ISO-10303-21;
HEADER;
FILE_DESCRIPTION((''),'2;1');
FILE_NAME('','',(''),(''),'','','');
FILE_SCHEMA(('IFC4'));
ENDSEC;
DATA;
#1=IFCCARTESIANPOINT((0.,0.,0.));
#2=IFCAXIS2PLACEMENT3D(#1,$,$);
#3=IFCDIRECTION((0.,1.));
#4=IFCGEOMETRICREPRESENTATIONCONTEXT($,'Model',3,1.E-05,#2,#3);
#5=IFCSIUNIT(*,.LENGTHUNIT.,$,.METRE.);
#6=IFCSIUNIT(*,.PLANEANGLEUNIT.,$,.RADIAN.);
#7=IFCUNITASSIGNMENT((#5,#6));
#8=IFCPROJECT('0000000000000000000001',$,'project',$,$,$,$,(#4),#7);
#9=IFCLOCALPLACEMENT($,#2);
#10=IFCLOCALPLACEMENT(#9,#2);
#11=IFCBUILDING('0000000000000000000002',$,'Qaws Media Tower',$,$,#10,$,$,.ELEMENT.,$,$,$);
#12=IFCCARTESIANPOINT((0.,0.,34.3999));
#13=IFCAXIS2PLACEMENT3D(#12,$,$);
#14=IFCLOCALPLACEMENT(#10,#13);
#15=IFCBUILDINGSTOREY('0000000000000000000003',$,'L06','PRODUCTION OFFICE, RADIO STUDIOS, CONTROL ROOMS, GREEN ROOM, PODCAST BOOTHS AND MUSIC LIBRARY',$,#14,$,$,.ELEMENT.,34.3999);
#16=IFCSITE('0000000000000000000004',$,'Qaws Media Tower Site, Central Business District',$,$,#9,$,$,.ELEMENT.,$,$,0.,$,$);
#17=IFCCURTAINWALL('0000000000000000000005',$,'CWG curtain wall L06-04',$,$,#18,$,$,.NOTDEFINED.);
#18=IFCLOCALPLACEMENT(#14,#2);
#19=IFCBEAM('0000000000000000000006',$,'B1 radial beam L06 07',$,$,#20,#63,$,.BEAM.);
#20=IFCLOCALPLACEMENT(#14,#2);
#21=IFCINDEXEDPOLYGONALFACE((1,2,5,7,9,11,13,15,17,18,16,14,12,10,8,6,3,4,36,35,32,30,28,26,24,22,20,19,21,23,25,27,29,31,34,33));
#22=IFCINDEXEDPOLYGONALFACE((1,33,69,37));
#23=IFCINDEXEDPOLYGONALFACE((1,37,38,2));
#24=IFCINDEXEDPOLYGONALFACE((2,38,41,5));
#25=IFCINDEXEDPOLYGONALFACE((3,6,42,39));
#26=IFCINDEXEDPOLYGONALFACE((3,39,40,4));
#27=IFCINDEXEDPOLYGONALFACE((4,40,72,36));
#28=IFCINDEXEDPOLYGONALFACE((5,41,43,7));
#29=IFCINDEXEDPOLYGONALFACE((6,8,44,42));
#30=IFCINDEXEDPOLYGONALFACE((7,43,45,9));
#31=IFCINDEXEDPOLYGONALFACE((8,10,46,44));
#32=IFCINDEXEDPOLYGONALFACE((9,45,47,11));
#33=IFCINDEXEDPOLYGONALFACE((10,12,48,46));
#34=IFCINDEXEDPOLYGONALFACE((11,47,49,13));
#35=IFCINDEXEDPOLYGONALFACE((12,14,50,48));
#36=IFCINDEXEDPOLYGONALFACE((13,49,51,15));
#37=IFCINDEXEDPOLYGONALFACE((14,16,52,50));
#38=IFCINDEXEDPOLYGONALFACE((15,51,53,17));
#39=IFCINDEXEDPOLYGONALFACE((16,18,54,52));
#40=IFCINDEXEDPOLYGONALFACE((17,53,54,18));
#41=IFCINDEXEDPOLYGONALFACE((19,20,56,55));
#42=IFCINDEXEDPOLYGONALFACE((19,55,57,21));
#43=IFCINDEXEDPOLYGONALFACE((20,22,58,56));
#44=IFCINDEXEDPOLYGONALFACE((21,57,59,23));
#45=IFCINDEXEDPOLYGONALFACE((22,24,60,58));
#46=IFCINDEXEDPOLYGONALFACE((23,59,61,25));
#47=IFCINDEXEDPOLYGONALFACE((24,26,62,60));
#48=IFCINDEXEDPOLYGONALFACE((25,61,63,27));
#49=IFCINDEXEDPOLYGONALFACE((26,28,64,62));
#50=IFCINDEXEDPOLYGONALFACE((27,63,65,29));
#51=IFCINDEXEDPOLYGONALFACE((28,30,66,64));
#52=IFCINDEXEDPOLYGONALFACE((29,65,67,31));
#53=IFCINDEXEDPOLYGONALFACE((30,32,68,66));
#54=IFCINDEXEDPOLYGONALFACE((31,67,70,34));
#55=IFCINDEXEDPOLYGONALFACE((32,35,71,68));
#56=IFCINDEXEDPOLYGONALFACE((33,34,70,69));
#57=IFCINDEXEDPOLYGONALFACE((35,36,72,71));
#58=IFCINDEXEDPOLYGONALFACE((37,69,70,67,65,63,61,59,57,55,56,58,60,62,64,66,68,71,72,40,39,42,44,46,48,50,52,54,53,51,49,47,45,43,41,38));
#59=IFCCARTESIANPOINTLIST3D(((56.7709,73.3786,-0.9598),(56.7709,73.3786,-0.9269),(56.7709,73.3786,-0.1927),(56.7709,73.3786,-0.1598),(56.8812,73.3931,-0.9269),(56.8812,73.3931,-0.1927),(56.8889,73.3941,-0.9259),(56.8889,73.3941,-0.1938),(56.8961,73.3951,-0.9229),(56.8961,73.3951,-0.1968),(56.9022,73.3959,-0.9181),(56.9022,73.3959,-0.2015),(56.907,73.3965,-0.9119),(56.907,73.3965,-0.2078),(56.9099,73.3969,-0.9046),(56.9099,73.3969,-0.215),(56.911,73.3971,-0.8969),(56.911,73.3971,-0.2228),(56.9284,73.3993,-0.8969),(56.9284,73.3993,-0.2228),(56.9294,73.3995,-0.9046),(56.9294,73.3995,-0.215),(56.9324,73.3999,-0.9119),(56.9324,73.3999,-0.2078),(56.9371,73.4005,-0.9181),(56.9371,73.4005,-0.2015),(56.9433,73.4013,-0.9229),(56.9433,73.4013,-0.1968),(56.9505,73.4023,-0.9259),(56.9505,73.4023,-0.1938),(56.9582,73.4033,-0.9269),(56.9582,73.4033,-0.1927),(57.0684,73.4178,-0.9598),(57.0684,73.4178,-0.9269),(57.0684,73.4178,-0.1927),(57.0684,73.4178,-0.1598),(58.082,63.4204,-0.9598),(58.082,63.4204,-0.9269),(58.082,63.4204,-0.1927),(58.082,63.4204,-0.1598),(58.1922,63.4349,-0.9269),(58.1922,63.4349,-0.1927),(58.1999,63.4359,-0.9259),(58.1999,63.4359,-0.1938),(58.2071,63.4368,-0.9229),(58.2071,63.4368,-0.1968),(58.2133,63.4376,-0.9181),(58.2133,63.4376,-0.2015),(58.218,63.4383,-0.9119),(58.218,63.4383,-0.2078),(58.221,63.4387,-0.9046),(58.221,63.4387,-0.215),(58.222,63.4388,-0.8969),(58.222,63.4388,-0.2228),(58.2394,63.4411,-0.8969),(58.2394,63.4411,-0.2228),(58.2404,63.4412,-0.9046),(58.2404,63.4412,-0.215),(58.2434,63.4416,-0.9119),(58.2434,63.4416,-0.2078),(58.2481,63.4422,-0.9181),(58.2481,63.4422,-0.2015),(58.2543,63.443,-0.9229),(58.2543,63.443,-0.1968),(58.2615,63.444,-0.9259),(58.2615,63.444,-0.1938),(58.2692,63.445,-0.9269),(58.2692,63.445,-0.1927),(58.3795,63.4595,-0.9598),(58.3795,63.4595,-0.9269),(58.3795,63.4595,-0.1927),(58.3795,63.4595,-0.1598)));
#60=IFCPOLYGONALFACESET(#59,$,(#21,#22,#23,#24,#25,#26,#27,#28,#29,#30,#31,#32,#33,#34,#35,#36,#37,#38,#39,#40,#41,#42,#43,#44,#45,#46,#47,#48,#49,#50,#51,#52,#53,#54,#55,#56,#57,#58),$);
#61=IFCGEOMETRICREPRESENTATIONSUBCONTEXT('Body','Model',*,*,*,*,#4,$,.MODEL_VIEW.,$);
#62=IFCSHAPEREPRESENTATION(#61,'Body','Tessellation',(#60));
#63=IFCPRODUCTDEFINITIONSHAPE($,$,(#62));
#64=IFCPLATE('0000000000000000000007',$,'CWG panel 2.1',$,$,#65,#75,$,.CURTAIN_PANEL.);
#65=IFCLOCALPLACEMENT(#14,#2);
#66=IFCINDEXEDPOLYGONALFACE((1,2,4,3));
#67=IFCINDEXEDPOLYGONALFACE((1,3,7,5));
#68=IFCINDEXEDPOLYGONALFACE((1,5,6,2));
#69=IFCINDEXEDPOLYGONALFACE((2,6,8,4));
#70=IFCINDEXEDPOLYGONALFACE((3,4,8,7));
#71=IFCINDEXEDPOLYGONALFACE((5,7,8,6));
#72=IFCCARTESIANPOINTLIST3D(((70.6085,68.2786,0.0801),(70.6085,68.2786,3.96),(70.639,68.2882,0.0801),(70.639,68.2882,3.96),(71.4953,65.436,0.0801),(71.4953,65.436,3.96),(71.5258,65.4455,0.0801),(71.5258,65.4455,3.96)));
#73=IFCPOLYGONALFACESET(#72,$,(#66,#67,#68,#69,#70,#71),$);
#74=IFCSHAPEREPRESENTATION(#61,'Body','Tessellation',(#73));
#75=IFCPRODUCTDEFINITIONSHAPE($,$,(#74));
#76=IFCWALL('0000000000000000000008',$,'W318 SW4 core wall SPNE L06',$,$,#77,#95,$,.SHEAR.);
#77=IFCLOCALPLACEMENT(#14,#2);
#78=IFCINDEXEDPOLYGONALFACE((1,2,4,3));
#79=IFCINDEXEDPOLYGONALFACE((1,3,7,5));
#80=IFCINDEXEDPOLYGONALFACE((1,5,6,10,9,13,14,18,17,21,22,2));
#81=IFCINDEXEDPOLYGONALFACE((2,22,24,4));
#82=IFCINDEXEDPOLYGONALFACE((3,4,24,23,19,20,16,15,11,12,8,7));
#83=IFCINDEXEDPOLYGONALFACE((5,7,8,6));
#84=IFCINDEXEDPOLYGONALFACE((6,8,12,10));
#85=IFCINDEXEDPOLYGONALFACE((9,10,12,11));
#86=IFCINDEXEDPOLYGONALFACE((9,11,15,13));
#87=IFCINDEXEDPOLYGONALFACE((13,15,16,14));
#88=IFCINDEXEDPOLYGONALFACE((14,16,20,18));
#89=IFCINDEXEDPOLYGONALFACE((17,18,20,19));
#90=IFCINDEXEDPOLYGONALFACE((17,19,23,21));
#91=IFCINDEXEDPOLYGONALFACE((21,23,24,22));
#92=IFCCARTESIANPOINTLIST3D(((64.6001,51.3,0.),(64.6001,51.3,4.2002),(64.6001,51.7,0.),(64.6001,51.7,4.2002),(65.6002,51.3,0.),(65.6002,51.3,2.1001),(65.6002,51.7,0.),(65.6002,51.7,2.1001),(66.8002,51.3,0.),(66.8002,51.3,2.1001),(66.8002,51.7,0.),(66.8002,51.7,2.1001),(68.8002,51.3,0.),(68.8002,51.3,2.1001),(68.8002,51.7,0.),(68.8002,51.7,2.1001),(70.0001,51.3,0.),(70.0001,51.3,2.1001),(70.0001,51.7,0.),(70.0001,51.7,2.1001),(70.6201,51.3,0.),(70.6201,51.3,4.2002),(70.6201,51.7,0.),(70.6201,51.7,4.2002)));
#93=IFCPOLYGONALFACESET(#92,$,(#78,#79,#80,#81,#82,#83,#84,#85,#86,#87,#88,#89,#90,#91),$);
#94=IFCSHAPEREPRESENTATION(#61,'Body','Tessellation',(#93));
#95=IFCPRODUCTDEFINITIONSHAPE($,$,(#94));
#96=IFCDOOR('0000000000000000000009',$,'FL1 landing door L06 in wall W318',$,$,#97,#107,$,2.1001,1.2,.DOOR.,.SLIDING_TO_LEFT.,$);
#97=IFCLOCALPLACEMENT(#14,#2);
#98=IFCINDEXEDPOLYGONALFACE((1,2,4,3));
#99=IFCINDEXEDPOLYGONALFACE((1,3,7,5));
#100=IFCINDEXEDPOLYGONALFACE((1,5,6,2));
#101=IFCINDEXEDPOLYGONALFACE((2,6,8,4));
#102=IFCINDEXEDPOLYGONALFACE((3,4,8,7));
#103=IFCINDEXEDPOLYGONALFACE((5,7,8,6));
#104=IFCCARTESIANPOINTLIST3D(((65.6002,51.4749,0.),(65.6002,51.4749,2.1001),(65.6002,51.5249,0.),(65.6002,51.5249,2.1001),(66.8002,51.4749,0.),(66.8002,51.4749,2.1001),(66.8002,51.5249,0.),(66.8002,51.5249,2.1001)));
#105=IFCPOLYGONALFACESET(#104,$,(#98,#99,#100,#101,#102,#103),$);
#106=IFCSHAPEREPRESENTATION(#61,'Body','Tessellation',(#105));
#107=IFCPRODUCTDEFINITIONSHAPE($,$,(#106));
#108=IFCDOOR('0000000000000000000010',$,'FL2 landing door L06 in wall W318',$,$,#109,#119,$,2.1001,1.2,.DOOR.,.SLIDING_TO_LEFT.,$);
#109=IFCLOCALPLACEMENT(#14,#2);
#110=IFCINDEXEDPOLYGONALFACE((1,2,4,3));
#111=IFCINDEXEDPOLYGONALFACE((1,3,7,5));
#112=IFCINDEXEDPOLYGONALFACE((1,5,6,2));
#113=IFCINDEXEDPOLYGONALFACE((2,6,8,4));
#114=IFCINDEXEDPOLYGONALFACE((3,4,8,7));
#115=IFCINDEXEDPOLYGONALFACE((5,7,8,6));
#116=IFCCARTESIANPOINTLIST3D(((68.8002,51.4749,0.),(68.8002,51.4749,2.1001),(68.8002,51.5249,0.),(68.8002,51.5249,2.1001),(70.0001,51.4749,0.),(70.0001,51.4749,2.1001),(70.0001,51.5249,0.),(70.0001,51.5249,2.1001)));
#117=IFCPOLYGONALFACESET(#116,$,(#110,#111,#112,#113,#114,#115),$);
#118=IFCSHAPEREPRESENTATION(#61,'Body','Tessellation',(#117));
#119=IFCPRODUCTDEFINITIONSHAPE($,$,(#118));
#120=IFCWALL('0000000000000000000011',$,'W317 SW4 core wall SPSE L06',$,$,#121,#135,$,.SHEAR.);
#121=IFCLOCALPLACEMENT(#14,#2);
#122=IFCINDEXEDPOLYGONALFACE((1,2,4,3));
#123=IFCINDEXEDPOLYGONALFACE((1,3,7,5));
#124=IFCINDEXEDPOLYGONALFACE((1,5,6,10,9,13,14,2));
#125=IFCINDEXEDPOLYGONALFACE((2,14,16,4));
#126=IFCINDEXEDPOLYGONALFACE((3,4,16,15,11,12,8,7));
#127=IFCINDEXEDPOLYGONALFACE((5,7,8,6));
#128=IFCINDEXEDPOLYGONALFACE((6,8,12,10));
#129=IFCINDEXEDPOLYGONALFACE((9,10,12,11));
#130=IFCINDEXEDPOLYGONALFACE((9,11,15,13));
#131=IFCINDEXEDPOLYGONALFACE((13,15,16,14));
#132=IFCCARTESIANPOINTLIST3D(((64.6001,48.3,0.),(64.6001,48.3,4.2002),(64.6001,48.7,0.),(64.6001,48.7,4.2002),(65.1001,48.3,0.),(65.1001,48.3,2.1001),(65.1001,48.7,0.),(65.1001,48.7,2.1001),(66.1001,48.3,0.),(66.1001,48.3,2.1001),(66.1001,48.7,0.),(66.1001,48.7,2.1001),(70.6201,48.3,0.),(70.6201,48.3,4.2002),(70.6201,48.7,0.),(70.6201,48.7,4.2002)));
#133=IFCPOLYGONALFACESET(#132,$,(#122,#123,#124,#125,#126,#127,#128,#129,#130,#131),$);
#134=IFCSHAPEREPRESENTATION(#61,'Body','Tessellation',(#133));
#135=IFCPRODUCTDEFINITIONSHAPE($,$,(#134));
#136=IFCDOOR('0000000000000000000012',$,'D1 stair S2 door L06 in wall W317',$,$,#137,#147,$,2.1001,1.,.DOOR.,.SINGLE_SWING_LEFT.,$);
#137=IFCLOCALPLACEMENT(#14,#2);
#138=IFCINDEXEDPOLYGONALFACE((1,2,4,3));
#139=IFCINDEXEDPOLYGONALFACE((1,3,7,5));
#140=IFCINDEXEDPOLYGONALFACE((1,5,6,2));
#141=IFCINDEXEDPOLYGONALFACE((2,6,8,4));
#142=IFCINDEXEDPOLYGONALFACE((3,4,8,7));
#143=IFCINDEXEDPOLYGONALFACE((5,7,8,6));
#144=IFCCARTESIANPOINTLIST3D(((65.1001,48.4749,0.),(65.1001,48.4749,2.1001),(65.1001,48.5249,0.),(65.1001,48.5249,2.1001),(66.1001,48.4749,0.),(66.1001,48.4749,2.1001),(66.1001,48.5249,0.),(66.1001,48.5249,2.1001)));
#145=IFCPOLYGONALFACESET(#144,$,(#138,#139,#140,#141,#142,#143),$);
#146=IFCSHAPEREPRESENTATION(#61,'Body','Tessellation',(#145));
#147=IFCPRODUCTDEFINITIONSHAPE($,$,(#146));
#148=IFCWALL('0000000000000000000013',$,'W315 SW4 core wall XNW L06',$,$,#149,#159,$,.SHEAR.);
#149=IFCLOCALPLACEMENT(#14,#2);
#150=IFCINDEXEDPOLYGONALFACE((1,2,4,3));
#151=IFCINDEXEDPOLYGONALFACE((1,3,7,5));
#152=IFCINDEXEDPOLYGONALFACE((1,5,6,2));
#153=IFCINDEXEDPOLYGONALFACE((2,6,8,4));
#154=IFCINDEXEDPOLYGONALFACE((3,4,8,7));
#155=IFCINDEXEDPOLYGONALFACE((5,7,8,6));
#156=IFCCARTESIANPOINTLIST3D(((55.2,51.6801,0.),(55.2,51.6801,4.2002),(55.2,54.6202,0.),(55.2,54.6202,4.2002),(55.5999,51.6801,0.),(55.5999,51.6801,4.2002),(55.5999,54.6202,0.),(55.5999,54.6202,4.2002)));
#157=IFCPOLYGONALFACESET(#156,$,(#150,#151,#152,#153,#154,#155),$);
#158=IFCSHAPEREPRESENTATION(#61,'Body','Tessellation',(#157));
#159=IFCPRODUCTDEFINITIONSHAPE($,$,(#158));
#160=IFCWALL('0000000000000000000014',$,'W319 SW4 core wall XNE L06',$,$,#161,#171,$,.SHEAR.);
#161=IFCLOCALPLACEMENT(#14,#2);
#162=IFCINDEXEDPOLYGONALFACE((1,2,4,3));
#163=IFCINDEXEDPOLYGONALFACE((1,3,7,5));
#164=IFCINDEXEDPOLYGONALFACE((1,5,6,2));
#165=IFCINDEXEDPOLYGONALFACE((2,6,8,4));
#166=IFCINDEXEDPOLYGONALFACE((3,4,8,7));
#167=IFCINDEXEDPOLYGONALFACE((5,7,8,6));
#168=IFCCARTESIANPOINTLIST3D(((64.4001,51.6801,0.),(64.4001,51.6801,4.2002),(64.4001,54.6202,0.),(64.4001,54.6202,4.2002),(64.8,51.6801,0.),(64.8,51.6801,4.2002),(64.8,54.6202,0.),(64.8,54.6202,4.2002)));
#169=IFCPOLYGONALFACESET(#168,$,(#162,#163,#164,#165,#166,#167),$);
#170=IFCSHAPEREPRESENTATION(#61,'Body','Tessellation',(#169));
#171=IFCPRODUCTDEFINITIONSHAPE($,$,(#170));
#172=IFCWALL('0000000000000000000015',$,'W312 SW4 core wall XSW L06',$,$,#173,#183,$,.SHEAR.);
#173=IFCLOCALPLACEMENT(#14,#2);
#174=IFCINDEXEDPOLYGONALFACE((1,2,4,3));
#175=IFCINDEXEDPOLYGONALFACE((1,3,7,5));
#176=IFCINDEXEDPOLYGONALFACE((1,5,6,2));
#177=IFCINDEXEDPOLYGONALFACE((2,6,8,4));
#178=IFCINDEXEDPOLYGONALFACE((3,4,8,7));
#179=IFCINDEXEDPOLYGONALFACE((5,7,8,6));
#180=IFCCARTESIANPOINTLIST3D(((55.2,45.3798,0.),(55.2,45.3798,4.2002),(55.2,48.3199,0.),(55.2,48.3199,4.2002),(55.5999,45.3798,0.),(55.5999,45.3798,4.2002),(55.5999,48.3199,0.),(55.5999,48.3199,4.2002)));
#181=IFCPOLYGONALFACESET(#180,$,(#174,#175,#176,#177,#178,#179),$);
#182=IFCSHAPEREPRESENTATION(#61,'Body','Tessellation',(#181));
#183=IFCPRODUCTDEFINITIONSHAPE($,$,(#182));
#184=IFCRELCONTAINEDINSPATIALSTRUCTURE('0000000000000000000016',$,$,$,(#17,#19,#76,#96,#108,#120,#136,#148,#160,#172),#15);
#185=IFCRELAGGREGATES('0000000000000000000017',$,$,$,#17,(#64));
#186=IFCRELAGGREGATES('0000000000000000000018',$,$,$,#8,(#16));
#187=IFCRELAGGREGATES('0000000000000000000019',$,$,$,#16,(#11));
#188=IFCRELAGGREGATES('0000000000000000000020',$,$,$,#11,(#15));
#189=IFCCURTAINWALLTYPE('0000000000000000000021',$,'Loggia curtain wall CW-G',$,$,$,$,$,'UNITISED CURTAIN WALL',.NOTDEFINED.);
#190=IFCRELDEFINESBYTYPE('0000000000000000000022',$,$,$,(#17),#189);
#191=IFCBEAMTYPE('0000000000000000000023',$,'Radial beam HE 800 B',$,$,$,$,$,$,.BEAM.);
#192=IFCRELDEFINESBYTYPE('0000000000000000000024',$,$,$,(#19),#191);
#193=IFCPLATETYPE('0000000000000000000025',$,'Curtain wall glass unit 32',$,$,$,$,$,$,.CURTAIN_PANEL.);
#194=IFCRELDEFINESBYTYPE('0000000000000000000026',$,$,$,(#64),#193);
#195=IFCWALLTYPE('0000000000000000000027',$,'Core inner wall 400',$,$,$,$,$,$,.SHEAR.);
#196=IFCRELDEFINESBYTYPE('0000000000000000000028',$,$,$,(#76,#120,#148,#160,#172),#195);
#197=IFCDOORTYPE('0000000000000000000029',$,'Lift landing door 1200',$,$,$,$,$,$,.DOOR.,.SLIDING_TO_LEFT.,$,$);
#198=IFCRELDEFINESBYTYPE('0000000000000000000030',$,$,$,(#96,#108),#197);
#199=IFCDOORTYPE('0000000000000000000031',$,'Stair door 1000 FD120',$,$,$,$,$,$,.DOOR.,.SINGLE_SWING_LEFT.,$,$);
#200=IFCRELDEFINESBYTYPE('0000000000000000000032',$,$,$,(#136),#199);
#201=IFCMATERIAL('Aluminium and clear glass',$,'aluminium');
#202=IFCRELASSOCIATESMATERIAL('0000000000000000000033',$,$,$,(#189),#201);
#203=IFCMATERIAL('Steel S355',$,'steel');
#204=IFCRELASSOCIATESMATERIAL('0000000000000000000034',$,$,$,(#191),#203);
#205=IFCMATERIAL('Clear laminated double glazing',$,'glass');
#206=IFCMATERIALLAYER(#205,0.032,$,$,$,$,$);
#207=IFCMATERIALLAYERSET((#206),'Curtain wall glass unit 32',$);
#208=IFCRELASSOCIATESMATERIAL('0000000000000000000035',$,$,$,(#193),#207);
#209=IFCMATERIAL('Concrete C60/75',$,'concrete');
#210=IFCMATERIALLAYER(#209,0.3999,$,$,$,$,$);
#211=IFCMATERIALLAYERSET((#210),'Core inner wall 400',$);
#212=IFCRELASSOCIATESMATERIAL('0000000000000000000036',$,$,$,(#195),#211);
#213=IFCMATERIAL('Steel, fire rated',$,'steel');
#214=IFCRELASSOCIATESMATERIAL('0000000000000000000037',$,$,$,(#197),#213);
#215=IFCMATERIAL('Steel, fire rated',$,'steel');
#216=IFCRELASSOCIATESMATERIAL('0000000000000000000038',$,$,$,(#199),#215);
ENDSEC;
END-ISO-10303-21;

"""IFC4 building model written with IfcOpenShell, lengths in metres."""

from ifc_helpers import new_model, si_unit, direction, frame, frame_2d, origin, origin_2d, place, context, subcontext, project, spatial, rectangle, i_section, extrude, material, layer, layer_set, material_profile, profile_set, type_object, element, fill, aggregate, save


model = new_model("IFC4")

# Units and contexts
model_context = context("Model", 3, precision=1e-05, world=origin(), true_north=direction((0.0, 1.0)))
body_context = subcontext(model_context, "Body", "Model", "MODEL_VIEW")
ifc_project = project(units=[si_unit("LENGTHUNIT", "METRE"), si_unit("PLANEANGLEUNIT", "RADIAN")], contexts=[model_context])

# Site, building, storey
site_placement = place(None, origin())
site = spatial("IfcSite", under=ifc_project, at=site_placement, Name="Qaws Media Tower Site, Central Business District", CompositionType="ELEMENT", RefElevation=0.0)
building_placement = place(site_placement, origin())
building = spatial("IfcBuilding", under=site, at=building_placement, Name="Qaws Media Tower", CompositionType="ELEMENT")
storey_placement = place(building_placement, frame((0.0, 0.0, 34.3999)))
storey = spatial("IfcBuildingStorey", under=building, at=storey_placement, Name="L06", Description="PRODUCTION OFFICE, RADIO STUDIOS, CONTROL ROOMS, GREEN ROOM, PODCAST BOOTHS AND MUSIC LIBRARY", CompositionType="ELEMENT", Elevation=34.3999)

# Curtain wall
ifc_material_1 = material(Name="Aluminium and clear glass", Category="aluminium")
curtain_wall_type = type_object("IfcCurtainWallType", Name="Loggia curtain wall CW-G", ElementType="UNITISED CURTAIN WALL", PredefinedType="NOTDEFINED", material=ifc_material_1)
curtain_wall_placement = place(storey_placement, origin())
curtain_wall = element("IfcCurtainWall", 1, at=curtain_wall_placement, inside=storey, type_object=curtain_wall_type, Name="CWG curtain wall L06-04", PredefinedType="NOTDEFINED")

# Beam
ifc_material_2 = material(Name="Steel S355", Category="steel")
ifc_material_profile_1 = material_profile(ifc_material_2, i_section(OverallWidth=0.3, OverallDepth=0.8, WebThickness=0.0176, FlangeThickness=0.033, FilletRadius=0.03, at=origin_2d()), Name="HE 800 B")
ifc_profile_set_1 = profile_set([ifc_material_profile_1], Name="Steel S355")
beam_type_1 = type_object("IfcBeamType", Name="Radial beam HE 800 B", PredefinedType="BEAM", material=ifc_profile_set_1)
for number, where, z_axis, x_axis, name in (
    (2, (58.2307, 63.4399, -0.5598), (-0.130527, 0.991445, 0.0), (-0.991445, -0.130527, 0.0), "B1 radial beam L06 07"),
):
    element("IfcBeam", number, at=place(storey_placement, frame(where, z_axis=z_axis, x_axis=x_axis)), inside=storey, type_object=beam_type_1, Name=name, PredefinedType="BEAM", context=body_context, shape_type="SweptSolid", body=[
        extrude(i_section(OverallWidth=0.3, OverallDepth=0.8, WebThickness=0.0176, FlangeThickness=0.033, FilletRadius=0.03, at=origin_2d()), origin(), (0.0, 0.0, 1.0), 10.0442),
    ])

# Plate
ifc_material_3 = material(Name="Clear laminated double glazing", Category="glass")
ifc_layer_1 = layer(ifc_material_3, 0.032)
ifc_layer_set_1 = layer_set([ifc_layer_1], Name="Curtain wall glass unit 32")
plate_type = type_object("IfcPlateType", Name="Curtain wall glass unit 32", PredefinedType="CURTAIN_PANEL", material=ifc_layer_set_1)
plate_placement = place(storey_placement, frame((71.0671, 66.8621, 0.0801), z_axis=(0.0, 0.0, 1.0), x_axis=(-0.297797, 0.954629, 0.0)))
plate = element("IfcPlate", 3, at=plate_placement, type_object=plate_type, Name="CWG panel 2.1", PredefinedType="CURTAIN_PANEL", context=body_context, shape_type="SweptSolid", body=[
    extrude(rectangle(XDim=2.9778, YDim=0.032, at=origin_2d()), origin(), (0.0, 0.0, 1.0), 3.8799),
])
aggregate(curtain_wall, [plate])

# Wall, openings, doors
ifc_material_4 = material(Name="Concrete C60/75", Category="concrete")
ifc_layer_2 = layer(ifc_material_4, 0.3999)
ifc_layer_set_2 = layer_set([ifc_layer_2], Name="Core inner wall 400")
wall_type_1 = type_object("IfcWallType", Name="Core inner wall 400", PredefinedType="SHEAR", material=ifc_layer_set_2)
wall_1_placement = place(storey_placement, frame((64.6001, 51.5, 0.0), z_axis=(0.0, 0.0, 1.0), x_axis=(1.0, 0.0, 0.0)))
wall_1 = element("IfcWall", 4, at=wall_1_placement, inside=storey, type_object=wall_type_1, Name="W318 SW4 core wall SPNE L06", PredefinedType="SHEAR", context=body_context, shape_type="SweptSolid", body=[
    extrude(rectangle(XDim=6.02, YDim=0.3999, at=frame_2d((3.01, 0.0))), origin(), (0.0, 0.0, 1.0), 4.2002),
])
opening_1_placement = place(wall_1_placement, frame((1.0, 0.0, 0.0)))
opening_1 = element("IfcOpeningElement", 5, at=opening_1_placement, cuts=wall_1, PredefinedType="OPENING", context=body_context, shape_type="SweptSolid", body=[
    extrude(rectangle(XDim=1.2, YDim=2.1001, at=frame_2d((0.6001, 1.05))), frame((0.0, 0.21, 0.0), z_axis=(0.0, -1.0, 0.0), x_axis=(1.0, 0.0, 0.0)), (0.0, 0.0, 1.0), 0.4199),
])
opening_2_placement = place(wall_1_placement, frame((4.2, 0.0, 0.0)))
opening_2 = element("IfcOpeningElement", 6, at=opening_2_placement, cuts=wall_1, PredefinedType="OPENING", context=body_context, shape_type="SweptSolid", body=[
    extrude(rectangle(XDim=1.2, YDim=2.1001, at=frame_2d((0.6001, 1.05))), frame((0.0, 0.21, 0.0), z_axis=(0.0, -1.0, 0.0), x_axis=(1.0, 0.0, 0.0)), (0.0, 0.0, 1.0), 0.4199),
])
ifc_material_5 = material(Name="Steel, fire rated", Category="steel")
door_type_1 = type_object("IfcDoorType", Name="Lift landing door 1200", OperationType="SLIDING_TO_LEFT", PredefinedType="DOOR", material=ifc_material_5)
door_1_placement = place(opening_1_placement, origin())
door_1 = element("IfcDoor", 7, at=door_1_placement, inside=storey, type_object=door_type_1, Name="FL1 landing door L06 in wall W318", OperationType="SLIDING_TO_LEFT", OverallHeight=2.1001, OverallWidth=1.2, PredefinedType="DOOR", context=body_context, shape_type="SweptSolid", body=[
    extrude(rectangle(XDim=1.2, YDim=2.1001, at=frame_2d((0.6001, 1.05))), frame((0.0, 0.0249, 0.0), z_axis=(0.0, -1.0, 0.0), x_axis=(1.0, 0.0, 0.0)), (0.0, 0.0, 1.0), 0.05),
])
fill(opening_1, door_1)
door_2_placement = place(opening_2_placement, origin())
door_2 = element("IfcDoor", 8, at=door_2_placement, inside=storey, type_object=door_type_1, Name="FL2 landing door L06 in wall W318", OperationType="SLIDING_TO_LEFT", OverallHeight=2.1001, OverallWidth=1.2, PredefinedType="DOOR", context=body_context, shape_type="SweptSolid", body=[
    extrude(rectangle(XDim=1.2, YDim=2.1001, at=frame_2d((0.6001, 1.05))), frame((0.0, 0.0249, 0.0), z_axis=(0.0, -1.0, 0.0), x_axis=(1.0, 0.0, 0.0)), (0.0, 0.0, 1.0), 0.05),
])
fill(opening_2, door_2)

# Wall, opening, door
wall_2_placement = place(storey_placement, frame((64.6001, 48.5, 0.0), z_axis=(0.0, 0.0, 1.0), x_axis=(1.0, 0.0, 0.0)))
wall_2 = element("IfcWall", 9, at=wall_2_placement, inside=storey, type_object=wall_type_1, Name="W317 SW4 core wall SPSE L06", PredefinedType="SHEAR", context=body_context, shape_type="SweptSolid", body=[
    extrude(rectangle(XDim=6.02, YDim=0.3999, at=frame_2d((3.01, 0.0))), origin(), (0.0, 0.0, 1.0), 4.2002),
])
opening_3_placement = place(wall_2_placement, frame((0.5, 0.0, 0.0)))
opening_3 = element("IfcOpeningElement", 10, at=opening_3_placement, cuts=wall_2, PredefinedType="OPENING", context=body_context, shape_type="SweptSolid", body=[
    extrude(rectangle(XDim=1.0, YDim=2.1001, at=frame_2d((0.5, 1.05))), frame((0.0, 0.21, 0.0), z_axis=(0.0, -1.0, 0.0), x_axis=(1.0, 0.0, 0.0)), (0.0, 0.0, 1.0), 0.4199),
])
ifc_material_6 = material(Name="Steel, fire rated", Category="steel")
door_type_2 = type_object("IfcDoorType", Name="Stair door 1000 FD120", OperationType="SINGLE_SWING_LEFT", PredefinedType="DOOR", material=ifc_material_6)
door_3_placement = place(opening_3_placement, origin())
door_3 = element("IfcDoor", 11, at=door_3_placement, inside=storey, type_object=door_type_2, Name="D1 stair S2 door L06 in wall W317", OperationType="SINGLE_SWING_LEFT", OverallHeight=2.1001, OverallWidth=1.0, PredefinedType="DOOR", context=body_context, shape_type="SweptSolid", body=[
    extrude(rectangle(XDim=1.0, YDim=2.1001, at=frame_2d((0.5, 1.05))), frame((0.0, 0.0249, 0.0), z_axis=(0.0, -1.0, 0.0), x_axis=(1.0, 0.0, 0.0)), (0.0, 0.0, 1.0), 0.05),
])
fill(opening_3, door_3)

# Walls
for number, where, z_axis, x_axis, name in (
    (12, (55.3999, 51.6799, 0.0), (0.0, 0.0, 1.0), (0.0, 1.0, 0.0), "W315 SW4 core wall XNW L06"),
    (13, (64.6001, 51.6799, 0.0), (0.0, 0.0, 1.0), (0.0, 1.0, 0.0), "W319 SW4 core wall XNE L06"),
    (14, (55.3999, 48.3201, 0.0), (0.0, 0.0, 1.0), (0.0, -1.0, 0.0), "W312 SW4 core wall XSW L06"),
):
    element("IfcWall", number, at=place(storey_placement, frame(where, z_axis=z_axis, x_axis=x_axis)), inside=storey, type_object=wall_type_1, Name=name, PredefinedType="SHEAR", context=body_context, shape_type="SweptSolid", body=[
        extrude(rectangle(XDim=2.9402, YDim=0.3999, at=frame_2d((1.4702, 0.0))), origin(), (0.0, 0.0, 1.0), 4.2002),
    ])

save(model, "model.ifc")
